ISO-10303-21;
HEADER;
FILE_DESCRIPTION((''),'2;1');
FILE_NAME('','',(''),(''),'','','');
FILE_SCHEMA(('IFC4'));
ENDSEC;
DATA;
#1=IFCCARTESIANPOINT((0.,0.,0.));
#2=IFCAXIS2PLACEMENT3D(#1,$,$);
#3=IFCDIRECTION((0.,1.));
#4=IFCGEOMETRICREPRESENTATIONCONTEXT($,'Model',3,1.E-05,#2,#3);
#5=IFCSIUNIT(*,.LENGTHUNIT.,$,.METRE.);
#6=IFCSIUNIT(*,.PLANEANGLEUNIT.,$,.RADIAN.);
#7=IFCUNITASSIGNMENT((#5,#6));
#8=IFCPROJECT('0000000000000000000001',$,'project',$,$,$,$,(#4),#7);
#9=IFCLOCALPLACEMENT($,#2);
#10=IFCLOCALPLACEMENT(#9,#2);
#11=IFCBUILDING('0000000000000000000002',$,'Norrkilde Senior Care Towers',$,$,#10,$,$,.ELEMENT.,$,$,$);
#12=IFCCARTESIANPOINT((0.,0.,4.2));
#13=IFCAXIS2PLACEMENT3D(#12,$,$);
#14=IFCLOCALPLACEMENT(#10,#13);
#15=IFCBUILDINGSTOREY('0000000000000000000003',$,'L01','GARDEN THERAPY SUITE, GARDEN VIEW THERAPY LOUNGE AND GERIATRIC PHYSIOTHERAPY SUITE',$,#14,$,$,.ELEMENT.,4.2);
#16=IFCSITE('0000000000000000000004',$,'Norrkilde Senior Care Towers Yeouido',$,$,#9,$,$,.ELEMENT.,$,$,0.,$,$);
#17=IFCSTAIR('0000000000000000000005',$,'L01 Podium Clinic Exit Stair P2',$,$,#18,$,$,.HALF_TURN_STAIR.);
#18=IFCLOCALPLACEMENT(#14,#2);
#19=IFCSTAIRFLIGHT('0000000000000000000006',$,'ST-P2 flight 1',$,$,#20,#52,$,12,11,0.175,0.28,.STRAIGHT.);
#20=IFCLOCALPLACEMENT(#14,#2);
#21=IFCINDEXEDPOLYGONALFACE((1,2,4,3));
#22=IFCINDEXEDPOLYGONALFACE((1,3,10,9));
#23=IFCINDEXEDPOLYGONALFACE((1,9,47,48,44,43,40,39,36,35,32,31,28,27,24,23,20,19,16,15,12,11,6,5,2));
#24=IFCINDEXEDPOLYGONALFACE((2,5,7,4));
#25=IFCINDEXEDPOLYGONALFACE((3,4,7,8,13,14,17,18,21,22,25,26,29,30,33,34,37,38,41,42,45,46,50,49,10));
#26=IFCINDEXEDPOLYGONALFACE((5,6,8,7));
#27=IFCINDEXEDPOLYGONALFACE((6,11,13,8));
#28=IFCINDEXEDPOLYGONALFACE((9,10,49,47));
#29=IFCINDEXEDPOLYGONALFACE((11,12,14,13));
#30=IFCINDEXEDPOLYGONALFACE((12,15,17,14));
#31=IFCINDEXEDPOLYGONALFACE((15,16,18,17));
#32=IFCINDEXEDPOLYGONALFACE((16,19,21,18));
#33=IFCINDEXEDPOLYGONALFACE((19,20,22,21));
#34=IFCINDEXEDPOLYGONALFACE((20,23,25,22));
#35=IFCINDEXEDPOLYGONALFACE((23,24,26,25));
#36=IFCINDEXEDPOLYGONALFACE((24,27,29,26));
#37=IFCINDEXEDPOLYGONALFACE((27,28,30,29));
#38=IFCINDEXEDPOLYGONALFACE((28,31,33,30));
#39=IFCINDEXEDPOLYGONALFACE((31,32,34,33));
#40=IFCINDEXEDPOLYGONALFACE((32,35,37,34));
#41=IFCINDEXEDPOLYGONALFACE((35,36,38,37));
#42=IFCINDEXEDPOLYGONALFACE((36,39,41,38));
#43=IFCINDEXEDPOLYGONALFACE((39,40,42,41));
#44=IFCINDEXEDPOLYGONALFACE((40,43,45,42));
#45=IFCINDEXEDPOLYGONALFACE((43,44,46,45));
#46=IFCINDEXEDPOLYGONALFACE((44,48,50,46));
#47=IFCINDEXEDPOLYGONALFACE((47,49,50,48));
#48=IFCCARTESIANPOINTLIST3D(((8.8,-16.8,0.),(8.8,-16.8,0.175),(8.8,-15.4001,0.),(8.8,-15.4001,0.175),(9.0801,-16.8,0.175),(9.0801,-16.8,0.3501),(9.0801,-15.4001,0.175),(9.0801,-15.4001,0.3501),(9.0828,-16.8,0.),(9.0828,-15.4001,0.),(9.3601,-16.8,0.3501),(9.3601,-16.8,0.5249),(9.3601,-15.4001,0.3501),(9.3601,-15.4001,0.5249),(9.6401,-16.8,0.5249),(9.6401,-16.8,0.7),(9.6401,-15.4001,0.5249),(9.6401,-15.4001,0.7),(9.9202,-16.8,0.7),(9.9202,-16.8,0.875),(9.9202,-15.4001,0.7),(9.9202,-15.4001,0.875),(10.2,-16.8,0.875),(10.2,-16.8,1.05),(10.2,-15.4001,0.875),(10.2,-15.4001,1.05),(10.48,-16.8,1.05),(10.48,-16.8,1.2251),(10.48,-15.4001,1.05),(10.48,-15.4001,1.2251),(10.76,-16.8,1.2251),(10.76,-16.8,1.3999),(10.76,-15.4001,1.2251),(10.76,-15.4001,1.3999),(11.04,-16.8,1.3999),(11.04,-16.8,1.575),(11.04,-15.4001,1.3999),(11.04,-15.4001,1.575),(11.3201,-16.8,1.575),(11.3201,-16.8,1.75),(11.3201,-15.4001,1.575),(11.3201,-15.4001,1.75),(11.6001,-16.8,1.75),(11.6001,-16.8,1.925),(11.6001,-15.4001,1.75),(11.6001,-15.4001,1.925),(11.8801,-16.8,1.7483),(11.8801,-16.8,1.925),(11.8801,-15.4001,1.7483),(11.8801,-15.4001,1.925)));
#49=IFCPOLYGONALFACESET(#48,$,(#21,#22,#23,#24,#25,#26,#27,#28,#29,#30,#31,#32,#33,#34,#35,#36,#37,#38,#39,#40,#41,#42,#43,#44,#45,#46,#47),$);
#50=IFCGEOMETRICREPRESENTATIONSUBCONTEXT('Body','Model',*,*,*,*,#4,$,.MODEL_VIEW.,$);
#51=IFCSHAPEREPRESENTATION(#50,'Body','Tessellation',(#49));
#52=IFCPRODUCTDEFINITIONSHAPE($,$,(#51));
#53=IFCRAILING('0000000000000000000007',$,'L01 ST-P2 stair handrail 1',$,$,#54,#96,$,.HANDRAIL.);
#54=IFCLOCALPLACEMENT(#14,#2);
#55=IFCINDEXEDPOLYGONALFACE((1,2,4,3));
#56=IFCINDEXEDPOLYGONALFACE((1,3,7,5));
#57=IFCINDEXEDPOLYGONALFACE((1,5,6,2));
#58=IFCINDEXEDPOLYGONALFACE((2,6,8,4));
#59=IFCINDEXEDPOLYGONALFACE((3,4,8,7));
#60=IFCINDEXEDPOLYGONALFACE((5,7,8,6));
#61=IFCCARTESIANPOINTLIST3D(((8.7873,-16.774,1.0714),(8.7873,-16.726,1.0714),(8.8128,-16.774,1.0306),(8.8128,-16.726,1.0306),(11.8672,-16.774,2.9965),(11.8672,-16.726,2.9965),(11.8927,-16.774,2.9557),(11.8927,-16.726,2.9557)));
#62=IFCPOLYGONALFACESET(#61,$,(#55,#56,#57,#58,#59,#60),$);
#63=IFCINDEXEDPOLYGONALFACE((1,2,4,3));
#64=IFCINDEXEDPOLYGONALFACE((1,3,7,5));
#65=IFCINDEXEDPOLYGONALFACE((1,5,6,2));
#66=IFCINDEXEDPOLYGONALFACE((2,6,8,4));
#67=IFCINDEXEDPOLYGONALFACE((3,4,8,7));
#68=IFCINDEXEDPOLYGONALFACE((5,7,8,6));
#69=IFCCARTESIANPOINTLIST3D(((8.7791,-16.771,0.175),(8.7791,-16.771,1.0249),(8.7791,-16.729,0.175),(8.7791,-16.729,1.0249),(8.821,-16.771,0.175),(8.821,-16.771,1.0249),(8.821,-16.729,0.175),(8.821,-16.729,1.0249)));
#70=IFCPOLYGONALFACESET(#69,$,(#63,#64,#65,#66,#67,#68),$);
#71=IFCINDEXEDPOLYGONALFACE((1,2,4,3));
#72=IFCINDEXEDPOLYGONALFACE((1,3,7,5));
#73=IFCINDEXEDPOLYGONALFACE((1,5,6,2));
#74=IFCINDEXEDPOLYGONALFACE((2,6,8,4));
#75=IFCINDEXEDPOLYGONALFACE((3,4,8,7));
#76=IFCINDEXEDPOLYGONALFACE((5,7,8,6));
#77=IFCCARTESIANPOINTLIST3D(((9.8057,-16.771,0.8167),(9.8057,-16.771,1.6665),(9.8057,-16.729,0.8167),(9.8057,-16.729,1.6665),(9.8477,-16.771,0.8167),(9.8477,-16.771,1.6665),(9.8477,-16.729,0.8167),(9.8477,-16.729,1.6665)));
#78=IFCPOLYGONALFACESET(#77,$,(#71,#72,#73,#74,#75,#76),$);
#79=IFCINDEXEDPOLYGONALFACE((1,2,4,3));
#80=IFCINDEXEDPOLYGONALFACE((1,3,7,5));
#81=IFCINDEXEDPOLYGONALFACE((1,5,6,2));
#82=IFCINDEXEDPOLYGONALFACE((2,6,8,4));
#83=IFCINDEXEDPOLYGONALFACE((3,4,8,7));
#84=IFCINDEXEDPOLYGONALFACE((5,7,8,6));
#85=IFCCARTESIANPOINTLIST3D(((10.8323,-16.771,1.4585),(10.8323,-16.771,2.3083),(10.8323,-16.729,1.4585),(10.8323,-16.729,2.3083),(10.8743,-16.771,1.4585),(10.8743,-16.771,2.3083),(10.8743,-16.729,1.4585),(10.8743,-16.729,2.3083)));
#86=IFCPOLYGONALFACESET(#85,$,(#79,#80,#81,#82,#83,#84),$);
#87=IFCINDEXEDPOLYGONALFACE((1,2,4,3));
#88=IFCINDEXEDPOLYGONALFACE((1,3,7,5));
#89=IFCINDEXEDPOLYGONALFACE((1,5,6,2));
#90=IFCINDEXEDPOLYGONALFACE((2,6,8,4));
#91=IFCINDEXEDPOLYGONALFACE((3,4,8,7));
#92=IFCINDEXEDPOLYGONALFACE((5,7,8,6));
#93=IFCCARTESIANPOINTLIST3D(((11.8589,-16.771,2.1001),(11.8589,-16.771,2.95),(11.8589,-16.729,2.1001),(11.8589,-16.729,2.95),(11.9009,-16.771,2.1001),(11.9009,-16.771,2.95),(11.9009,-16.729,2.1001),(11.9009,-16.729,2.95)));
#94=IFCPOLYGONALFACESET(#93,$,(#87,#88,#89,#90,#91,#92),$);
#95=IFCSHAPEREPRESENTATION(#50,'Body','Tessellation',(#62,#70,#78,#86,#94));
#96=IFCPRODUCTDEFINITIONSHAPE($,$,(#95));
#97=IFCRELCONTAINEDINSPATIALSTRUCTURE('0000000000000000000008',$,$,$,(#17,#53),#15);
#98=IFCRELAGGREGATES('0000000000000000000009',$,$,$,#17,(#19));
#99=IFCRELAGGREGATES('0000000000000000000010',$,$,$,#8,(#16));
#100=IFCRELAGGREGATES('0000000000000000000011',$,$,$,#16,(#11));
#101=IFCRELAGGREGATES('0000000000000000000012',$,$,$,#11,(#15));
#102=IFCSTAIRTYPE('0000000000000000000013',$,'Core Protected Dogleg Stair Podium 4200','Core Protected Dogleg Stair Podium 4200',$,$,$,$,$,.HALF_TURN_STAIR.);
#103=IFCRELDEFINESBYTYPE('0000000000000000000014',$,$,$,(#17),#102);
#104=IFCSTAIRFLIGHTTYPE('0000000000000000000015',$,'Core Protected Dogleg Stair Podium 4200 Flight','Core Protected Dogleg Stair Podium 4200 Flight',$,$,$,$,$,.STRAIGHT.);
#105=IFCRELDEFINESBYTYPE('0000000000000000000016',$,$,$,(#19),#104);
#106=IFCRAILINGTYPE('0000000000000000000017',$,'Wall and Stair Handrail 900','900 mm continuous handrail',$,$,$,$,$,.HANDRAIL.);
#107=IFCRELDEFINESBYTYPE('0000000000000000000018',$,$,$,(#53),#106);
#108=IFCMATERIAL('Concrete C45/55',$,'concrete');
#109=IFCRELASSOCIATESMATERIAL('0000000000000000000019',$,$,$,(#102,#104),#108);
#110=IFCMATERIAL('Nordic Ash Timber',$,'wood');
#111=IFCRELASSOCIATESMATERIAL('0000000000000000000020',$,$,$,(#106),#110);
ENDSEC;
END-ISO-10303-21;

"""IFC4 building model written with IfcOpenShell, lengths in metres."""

from ifc_helpers import new_model, si_unit, direction, frame, origin, origin_2d, place, context, subcontext, project, spatial, polyline, rectangle, outline, extrude, material, type_object, element, aggregate, save


model = new_model("IFC4")

# Units and contexts
model_context = context("Model", 3, precision=1e-05, world=origin(), true_north=direction((0.0, 1.0)))
body_context = subcontext(model_context, "Body", "Model", "MODEL_VIEW")
ifc_project = project(units=[si_unit("LENGTHUNIT", "METRE"), si_unit("PLANEANGLEUNIT", "RADIAN")], contexts=[model_context])

# Site, building, storey
site_placement = place(None, origin())
site = spatial("IfcSite", under=ifc_project, at=site_placement, Name="Norrkilde Senior Care Towers Yeouido", CompositionType="ELEMENT", RefElevation=0.0)
building_placement = place(site_placement, origin())
building = spatial("IfcBuilding", under=site, at=building_placement, Name="Norrkilde Senior Care Towers", CompositionType="ELEMENT")
storey_placement = place(building_placement, frame((0.0, 0.0, 4.2)))
storey = spatial("IfcBuildingStorey", under=building, at=storey_placement, Name="L01", Description="GARDEN THERAPY SUITE, GARDEN VIEW THERAPY LOUNGE AND GERIATRIC PHYSIOTHERAPY SUITE", CompositionType="ELEMENT", Elevation=4.2)

# Shared definitions
ifc_material_1 = material(Name="Concrete C45/55", Category="concrete")

# Stair, stair flight
stair_type = type_object("IfcStairType", Name="Core Protected Dogleg Stair Podium 4200", Description="Core Protected Dogleg Stair Podium 4200", PredefinedType="HALF_TURN_STAIR", material=ifc_material_1)
stair_placement = place(storey_placement, origin())
stair = element("IfcStair", 1, at=stair_placement, inside=storey, type_object=stair_type, Name="L01 Podium Clinic Exit Stair P2", PredefinedType="HALF_TURN_STAIR")
stair_flight_type = type_object("IfcStairFlightType", Name="Core Protected Dogleg Stair Podium 4200 Flight", Description="Core Protected Dogleg Stair Podium 4200 Flight", PredefinedType="STRAIGHT", material=ifc_material_1)
stair_flight_placement = place(storey_placement, frame((8.8, -16.1001, 0.0), z_axis=(0.0, 0.0, 1.0), x_axis=(1.0, 0.0, 0.0)))
stair_flight = element("IfcStairFlight", 2, at=stair_flight_placement, type_object=stair_flight_type, Name="ST-P2 flight 1", NumberOfRisers=12, NumberOfTreads=11, PredefinedType="STRAIGHT", RiserHeight=0.175, TreadLength=0.28, context=body_context, shape_type="SweptSolid", body=[
    extrude(outline(polyline([(0.0, 0.0), (0.0, 0.175), (0.28, 0.175), (0.28, 0.3501), (0.5601, 0.3501), (0.5601, 0.5249), (0.8401, 0.5249), (0.8401, 0.7), (1.1201, 0.7), (1.1201, 0.875), (1.3999, 0.875), (1.3999, 1.05), (1.6799, 1.05), (1.6799, 1.2251), (1.96, 1.2251), (1.96, 1.3999), (2.24, 1.3999), (2.24, 1.575), (2.52, 1.575), (2.52, 1.75), (2.8, 1.75), (2.8, 1.925), (3.0801, 1.925), (3.0801, 2.1001), (3.0801, 1.7483), (0.2827, 0.0), (0.0, 0.0)])), frame((0.0, 0.7, 0.0), z_axis=(0.0, -1.0, 0.0), x_axis=(1.0, 0.0, 0.0)), (0.0, 0.0, 1.0), 1.3999),
])
aggregate(stair, [stair_flight])

# Railing
ifc_material_2 = material(Name="Nordic Ash Timber", Category="wood")
railing_type = type_object("IfcRailingType", Name="Wall and Stair Handrail 900", Description="900 mm continuous handrail", PredefinedType="HANDRAIL", material=ifc_material_2)
railing_placement = place(storey_placement, frame((8.8, -16.75, 0.175)))
element("IfcRailing", 3, at=railing_placement, inside=storey, type_object=railing_type, Name="L01 ST-P2 stair handrail 1", PredefinedType="HANDRAIL", context=body_context, shape_type="SweptSolid", body=[
    extrude(rectangle(XDim=0.0481, YDim=0.0481, at=origin_2d()), frame((0.0, 0.0, 0.876), z_axis=(0.847979, 0.0, 0.530029), x_axis=(0.0, 1.0, 0.0)), (0.0, 0.0, 1.0), 3.6321),
    extrude(rectangle(XDim=0.042, YDim=0.042, at=origin_2d()), origin(), (0.0, 0.0, 1.0), 0.8499),
    extrude(rectangle(XDim=0.042, YDim=0.042, at=origin_2d()), frame((1.0266, 0.0, 0.6416)), (0.0, 0.0, 1.0), 0.8499),
    extrude(rectangle(XDim=0.042, YDim=0.042, at=origin_2d()), frame((2.0532, 0.0, 1.2834)), (0.0, 0.0, 1.0), 0.8499),
    extrude(rectangle(XDim=0.042, YDim=0.042, at=origin_2d()), frame((3.0798, 0.0, 1.925)), (0.0, 0.0, 1.0), 0.8499),
])

save(model, "model.ifc")
